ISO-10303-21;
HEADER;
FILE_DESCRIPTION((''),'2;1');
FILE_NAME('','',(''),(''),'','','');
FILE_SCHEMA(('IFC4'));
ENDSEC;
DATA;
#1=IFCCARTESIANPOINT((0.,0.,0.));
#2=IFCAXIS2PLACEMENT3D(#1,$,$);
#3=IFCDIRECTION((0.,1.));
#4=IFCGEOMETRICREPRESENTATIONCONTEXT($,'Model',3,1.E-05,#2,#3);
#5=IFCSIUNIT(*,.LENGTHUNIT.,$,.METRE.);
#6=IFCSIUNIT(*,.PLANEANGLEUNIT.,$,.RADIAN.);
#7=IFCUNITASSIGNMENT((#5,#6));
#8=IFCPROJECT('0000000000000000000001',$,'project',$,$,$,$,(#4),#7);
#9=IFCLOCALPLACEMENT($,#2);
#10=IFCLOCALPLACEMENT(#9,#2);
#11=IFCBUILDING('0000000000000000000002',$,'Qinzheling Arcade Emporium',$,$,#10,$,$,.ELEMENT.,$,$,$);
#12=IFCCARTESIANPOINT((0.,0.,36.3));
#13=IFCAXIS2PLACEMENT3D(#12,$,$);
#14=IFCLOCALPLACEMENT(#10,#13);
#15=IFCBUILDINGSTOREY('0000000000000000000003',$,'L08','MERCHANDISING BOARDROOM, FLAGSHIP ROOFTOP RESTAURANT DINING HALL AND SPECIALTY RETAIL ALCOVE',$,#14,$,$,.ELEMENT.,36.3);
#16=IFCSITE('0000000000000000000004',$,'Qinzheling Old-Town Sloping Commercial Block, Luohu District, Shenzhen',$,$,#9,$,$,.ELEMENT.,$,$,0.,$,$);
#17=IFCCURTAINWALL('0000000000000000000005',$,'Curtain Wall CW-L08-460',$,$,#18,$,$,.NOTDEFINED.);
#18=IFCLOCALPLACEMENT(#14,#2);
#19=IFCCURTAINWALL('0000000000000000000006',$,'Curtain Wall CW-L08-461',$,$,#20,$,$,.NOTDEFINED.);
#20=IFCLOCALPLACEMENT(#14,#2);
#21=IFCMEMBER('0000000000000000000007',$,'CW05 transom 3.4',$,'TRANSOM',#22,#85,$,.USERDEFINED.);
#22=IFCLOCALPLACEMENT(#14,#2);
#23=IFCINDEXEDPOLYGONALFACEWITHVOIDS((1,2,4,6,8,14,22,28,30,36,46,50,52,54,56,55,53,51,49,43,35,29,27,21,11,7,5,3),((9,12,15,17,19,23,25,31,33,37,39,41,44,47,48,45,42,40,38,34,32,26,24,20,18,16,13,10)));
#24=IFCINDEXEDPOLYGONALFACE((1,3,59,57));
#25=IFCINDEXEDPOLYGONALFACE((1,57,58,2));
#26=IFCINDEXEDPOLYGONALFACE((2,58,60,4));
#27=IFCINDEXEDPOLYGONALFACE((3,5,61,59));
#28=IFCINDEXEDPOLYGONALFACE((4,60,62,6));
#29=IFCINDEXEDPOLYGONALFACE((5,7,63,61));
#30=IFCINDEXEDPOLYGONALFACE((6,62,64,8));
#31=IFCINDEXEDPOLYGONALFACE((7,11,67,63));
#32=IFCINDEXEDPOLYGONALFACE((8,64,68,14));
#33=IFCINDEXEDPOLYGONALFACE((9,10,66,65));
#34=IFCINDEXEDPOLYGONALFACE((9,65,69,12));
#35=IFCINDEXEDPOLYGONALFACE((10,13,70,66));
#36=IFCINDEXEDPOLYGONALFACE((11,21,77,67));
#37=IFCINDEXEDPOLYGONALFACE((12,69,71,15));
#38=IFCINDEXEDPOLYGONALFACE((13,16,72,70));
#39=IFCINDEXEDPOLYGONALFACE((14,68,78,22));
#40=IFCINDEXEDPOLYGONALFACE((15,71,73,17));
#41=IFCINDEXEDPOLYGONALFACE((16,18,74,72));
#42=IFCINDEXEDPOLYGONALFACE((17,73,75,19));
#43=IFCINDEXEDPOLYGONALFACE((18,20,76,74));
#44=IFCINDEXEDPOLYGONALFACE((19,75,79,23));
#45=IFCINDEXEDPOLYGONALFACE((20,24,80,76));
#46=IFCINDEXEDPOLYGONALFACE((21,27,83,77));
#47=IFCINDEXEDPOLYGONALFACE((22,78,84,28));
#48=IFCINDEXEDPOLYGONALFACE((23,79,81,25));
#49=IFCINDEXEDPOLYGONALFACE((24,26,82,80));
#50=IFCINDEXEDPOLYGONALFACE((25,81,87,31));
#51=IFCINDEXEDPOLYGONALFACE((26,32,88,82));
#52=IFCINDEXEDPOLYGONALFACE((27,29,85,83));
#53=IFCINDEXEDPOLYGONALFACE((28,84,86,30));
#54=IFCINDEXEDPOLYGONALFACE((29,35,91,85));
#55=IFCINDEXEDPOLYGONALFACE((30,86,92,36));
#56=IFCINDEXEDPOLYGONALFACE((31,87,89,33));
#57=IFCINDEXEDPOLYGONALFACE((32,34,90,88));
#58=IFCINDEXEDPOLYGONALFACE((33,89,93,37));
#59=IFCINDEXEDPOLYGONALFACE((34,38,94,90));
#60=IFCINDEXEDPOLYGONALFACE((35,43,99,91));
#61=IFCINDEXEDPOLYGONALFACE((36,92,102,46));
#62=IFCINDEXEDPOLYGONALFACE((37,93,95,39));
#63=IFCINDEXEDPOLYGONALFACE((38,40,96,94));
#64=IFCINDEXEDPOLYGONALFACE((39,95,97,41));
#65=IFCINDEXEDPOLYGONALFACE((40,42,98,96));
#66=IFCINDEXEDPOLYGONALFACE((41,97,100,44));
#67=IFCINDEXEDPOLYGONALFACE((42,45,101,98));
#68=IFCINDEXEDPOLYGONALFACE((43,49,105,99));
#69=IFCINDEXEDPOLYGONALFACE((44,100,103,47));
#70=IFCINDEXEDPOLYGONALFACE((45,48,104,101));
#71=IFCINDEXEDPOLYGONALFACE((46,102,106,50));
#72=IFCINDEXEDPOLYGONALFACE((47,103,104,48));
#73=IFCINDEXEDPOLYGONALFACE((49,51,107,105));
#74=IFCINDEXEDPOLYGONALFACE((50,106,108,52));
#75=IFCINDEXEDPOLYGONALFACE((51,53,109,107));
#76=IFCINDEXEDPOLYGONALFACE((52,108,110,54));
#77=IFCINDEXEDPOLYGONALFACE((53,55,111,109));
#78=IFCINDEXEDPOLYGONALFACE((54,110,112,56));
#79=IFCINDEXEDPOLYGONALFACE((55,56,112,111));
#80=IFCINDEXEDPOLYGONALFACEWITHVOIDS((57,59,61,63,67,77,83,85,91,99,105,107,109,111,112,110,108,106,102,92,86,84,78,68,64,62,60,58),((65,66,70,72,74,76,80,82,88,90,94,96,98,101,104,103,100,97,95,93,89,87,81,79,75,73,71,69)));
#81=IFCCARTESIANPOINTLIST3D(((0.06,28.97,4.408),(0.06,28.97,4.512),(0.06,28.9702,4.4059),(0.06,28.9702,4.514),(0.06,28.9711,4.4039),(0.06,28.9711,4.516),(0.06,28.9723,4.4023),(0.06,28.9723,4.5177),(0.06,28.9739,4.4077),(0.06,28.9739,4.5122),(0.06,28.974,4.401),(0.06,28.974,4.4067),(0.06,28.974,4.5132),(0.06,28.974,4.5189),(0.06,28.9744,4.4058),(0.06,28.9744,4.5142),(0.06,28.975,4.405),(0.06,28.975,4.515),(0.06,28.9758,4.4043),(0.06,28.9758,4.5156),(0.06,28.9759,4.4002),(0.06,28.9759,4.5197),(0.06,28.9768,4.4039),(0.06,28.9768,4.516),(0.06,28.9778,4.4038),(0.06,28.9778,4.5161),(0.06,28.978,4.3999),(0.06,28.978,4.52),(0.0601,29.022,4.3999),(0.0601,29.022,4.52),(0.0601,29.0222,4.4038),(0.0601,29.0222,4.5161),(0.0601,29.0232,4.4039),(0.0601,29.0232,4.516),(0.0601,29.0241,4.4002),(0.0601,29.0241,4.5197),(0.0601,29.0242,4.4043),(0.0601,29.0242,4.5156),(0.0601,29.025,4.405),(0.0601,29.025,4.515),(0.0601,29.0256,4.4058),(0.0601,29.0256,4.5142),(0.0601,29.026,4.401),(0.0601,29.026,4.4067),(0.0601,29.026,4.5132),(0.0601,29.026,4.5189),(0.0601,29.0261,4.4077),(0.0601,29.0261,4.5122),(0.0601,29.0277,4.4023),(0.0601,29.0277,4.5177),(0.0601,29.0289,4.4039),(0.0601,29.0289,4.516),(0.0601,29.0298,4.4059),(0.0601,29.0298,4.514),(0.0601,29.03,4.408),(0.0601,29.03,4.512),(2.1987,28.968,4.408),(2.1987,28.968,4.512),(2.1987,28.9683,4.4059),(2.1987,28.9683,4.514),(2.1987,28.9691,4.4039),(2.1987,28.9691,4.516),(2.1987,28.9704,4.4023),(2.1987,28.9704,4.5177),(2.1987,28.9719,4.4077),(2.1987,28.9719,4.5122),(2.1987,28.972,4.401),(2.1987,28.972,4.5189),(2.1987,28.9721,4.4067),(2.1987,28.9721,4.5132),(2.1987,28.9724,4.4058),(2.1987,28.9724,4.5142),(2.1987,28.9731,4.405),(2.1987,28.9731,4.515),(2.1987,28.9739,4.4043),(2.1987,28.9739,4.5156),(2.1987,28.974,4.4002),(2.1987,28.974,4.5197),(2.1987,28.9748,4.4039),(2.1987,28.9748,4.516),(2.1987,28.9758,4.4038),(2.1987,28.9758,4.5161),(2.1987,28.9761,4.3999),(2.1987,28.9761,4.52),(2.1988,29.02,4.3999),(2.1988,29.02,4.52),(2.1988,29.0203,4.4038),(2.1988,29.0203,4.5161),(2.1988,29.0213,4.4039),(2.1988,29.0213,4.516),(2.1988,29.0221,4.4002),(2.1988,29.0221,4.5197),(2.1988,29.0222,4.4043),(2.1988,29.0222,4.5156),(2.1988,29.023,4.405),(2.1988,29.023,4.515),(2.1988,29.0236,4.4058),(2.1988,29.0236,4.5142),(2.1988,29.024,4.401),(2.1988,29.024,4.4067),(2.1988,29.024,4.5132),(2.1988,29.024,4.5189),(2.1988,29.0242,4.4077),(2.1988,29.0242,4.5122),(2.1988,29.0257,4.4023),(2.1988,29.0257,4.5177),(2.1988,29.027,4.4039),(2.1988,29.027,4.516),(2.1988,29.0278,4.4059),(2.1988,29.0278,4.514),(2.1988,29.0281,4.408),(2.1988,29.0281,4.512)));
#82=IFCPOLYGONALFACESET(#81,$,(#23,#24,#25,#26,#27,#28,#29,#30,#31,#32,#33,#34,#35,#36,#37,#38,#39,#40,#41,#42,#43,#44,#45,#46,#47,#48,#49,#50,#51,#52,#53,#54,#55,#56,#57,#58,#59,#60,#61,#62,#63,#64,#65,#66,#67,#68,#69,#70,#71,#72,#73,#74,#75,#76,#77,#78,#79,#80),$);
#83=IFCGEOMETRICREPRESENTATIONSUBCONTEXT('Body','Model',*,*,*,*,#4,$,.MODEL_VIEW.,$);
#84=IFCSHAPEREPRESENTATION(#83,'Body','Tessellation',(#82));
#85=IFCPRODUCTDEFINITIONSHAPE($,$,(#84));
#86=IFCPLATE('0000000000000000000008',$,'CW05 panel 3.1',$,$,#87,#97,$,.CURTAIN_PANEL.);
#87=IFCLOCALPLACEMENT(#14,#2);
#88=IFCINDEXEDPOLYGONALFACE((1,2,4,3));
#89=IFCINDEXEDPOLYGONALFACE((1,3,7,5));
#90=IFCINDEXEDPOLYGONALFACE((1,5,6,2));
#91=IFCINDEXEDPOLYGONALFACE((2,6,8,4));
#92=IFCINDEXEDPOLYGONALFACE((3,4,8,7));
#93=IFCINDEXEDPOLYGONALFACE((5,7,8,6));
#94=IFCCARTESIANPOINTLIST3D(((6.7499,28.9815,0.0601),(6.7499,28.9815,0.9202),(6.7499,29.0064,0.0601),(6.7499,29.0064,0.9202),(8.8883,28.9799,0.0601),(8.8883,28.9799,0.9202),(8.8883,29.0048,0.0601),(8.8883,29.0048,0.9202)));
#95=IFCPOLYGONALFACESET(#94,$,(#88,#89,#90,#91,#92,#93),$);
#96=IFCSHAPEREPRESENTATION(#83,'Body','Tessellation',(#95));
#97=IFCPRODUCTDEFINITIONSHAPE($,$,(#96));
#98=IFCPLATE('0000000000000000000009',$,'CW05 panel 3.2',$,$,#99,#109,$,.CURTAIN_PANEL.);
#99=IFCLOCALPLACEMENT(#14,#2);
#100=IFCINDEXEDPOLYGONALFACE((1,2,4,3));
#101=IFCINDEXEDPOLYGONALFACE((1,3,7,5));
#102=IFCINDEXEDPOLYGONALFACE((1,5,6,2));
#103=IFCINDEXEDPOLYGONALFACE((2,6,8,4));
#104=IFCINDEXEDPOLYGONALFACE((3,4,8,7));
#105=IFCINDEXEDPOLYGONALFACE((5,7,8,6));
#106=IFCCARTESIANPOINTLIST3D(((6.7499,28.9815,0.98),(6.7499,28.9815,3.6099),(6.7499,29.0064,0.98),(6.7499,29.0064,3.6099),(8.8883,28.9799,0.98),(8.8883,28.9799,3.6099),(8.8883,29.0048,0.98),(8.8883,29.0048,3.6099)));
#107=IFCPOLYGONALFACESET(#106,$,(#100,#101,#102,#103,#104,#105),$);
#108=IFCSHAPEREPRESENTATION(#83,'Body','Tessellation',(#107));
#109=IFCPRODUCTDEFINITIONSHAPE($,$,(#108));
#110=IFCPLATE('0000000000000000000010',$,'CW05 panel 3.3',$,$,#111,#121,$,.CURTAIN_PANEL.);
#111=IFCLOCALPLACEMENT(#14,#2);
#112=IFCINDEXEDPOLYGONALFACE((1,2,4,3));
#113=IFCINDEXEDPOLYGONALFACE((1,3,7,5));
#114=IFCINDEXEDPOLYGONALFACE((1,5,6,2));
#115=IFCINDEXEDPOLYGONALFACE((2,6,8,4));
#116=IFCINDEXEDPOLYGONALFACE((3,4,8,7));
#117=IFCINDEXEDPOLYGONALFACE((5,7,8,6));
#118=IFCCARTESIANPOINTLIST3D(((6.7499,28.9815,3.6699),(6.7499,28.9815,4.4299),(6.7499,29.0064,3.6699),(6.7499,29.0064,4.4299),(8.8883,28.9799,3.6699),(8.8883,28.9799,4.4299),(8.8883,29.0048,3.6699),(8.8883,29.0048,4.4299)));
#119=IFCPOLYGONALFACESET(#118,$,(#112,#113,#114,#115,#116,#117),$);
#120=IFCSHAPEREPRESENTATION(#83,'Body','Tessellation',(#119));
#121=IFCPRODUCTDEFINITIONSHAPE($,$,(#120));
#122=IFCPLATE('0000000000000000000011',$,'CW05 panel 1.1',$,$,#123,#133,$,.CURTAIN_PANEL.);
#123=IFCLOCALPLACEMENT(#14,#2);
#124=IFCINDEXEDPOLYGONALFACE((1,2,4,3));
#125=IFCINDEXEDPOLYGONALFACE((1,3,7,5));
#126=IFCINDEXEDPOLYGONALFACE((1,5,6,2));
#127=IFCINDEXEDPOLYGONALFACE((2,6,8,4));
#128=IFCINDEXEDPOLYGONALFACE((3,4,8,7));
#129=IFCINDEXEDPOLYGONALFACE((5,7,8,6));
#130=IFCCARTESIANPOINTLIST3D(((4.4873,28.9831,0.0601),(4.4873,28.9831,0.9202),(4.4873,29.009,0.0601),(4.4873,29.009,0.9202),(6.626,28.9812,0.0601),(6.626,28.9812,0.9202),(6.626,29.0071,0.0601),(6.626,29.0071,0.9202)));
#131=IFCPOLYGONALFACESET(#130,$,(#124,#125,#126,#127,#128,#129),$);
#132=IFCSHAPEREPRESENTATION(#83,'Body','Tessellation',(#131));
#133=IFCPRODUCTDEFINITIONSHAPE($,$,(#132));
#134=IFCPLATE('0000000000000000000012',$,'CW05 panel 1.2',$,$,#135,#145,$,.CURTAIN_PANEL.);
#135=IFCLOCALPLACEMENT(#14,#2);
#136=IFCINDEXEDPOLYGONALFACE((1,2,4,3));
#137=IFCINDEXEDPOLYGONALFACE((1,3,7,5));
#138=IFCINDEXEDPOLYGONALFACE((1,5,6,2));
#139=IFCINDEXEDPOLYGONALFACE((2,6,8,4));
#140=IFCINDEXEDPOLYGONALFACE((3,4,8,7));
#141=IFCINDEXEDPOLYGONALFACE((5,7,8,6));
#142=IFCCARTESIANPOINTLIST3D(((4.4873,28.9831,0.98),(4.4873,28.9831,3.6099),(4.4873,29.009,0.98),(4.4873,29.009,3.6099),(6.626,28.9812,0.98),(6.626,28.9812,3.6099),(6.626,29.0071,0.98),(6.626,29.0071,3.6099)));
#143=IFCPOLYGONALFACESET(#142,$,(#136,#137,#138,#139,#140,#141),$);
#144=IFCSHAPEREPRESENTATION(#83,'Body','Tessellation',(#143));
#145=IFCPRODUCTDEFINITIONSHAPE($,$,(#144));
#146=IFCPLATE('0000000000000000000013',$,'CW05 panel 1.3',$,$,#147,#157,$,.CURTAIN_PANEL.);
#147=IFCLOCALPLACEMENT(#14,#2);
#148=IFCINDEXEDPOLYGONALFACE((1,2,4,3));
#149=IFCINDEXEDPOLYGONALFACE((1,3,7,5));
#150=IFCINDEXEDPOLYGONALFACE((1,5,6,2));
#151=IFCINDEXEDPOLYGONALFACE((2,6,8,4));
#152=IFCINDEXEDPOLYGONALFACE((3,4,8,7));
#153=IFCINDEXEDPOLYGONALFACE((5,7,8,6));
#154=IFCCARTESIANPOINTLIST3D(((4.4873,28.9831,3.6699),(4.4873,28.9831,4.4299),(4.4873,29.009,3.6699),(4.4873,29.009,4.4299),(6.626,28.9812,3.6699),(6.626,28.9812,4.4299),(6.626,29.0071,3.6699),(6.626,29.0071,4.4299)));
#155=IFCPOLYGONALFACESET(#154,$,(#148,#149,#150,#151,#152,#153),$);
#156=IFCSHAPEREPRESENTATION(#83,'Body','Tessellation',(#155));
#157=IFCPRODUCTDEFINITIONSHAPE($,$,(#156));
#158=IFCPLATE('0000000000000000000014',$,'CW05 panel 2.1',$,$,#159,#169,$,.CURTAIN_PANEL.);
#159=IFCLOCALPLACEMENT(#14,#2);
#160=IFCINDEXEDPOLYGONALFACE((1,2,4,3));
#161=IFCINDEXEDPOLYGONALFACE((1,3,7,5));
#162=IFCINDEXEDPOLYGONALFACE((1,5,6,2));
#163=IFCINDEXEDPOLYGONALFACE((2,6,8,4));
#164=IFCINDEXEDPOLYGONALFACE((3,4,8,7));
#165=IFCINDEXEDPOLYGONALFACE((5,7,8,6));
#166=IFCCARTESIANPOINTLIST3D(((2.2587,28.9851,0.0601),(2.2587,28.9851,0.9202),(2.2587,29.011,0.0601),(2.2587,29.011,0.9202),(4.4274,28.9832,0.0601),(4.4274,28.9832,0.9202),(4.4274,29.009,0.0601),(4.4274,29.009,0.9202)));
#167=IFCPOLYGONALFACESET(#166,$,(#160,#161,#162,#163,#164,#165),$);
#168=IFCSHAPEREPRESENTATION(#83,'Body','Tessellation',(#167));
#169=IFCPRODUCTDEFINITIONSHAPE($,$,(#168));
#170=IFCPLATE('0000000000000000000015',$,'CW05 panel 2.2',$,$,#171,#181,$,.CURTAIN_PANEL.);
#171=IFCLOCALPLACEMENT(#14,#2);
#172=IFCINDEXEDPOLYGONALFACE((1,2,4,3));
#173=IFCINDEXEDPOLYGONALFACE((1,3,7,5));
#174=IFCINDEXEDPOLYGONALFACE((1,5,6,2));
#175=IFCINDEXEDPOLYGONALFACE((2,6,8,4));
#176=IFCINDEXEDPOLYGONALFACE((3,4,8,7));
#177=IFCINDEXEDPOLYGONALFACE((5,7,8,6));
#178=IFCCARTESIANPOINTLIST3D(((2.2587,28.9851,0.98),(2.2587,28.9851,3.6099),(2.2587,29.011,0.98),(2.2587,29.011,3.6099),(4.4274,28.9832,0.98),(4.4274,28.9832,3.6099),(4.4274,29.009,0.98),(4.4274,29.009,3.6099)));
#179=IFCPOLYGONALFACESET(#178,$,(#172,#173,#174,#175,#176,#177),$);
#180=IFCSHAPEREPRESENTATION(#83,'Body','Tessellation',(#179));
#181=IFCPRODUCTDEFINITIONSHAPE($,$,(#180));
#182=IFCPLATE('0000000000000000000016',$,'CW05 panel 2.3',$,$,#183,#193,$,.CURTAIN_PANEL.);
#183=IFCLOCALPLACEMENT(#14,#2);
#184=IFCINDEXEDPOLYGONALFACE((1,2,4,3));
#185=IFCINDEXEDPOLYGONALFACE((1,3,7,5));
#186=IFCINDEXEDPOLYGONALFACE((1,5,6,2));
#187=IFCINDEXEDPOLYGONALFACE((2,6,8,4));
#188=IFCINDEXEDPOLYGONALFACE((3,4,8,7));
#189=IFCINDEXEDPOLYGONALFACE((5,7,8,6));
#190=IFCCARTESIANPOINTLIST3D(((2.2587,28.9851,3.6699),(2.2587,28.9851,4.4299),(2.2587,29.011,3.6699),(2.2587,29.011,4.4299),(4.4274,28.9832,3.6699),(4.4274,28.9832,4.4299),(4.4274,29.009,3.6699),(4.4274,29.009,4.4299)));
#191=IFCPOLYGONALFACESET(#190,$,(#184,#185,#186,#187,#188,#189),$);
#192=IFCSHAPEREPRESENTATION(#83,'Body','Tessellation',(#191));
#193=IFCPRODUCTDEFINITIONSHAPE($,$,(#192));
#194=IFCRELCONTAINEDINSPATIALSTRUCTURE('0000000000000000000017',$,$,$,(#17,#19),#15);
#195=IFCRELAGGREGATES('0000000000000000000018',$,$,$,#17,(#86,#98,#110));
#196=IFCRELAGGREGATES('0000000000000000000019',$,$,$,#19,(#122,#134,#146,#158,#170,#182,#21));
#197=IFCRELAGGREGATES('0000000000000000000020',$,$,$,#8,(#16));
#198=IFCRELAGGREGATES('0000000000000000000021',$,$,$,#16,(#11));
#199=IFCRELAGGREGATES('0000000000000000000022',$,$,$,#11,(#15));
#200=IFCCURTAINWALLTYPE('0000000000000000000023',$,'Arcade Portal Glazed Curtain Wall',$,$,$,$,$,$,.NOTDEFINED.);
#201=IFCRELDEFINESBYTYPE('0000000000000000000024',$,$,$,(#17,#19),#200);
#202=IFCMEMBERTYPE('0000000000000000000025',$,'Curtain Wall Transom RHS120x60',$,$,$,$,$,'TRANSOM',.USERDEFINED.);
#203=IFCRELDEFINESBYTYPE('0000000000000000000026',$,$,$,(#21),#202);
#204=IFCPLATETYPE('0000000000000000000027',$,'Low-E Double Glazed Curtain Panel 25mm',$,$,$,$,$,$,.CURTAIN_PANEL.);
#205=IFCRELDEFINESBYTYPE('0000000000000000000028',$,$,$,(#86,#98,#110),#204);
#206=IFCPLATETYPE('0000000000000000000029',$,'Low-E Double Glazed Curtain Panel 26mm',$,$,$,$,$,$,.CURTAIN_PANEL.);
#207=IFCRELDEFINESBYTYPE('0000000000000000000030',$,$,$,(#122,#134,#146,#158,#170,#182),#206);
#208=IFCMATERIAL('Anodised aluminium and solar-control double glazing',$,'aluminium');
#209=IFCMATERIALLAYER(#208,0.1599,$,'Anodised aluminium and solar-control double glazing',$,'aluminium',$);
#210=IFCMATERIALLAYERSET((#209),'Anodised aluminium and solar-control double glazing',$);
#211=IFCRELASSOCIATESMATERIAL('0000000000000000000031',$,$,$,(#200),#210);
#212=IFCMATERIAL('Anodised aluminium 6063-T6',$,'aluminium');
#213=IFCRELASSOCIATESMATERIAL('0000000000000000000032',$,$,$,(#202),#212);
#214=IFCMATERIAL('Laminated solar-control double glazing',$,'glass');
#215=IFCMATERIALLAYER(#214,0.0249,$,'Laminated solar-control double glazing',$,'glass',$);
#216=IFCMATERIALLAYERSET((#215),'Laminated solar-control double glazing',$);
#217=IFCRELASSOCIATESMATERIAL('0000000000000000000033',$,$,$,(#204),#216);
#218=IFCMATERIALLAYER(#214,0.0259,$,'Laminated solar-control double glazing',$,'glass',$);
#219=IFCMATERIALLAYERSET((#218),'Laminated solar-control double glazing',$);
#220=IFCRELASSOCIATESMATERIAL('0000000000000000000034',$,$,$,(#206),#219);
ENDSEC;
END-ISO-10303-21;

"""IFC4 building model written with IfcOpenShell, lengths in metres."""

from ifc_helpers import new_model, si_unit, direction, frame, origin, origin_2d, place, context, subcontext, project, spatial, rectangle, hollow_rectangle, extrude, material, layer, layer_set, material_profile, profile_set, type_object, element, aggregate, save


model = new_model("IFC4")

# Units and contexts
model_context = context("Model", 3, precision=1e-05, world=origin(), true_north=direction((0.0, 1.0)))
body_context = subcontext(model_context, "Body", "Model", "MODEL_VIEW")
ifc_project = project(units=[si_unit("LENGTHUNIT", "METRE"), si_unit("PLANEANGLEUNIT", "RADIAN")], contexts=[model_context])

# Site, building, storey
site_placement = place(None, origin())
site = spatial("IfcSite", under=ifc_project, at=site_placement, Name="Qinzheling Old-Town Sloping Commercial Block, Luohu District, Shenzhen", CompositionType="ELEMENT", RefElevation=0.0)
building_placement = place(site_placement, origin())
building = spatial("IfcBuilding", under=site, at=building_placement, Name="Qinzheling Arcade Emporium", CompositionType="ELEMENT")
storey_placement = place(building_placement, frame((0.0, 0.0, 36.3)))
storey = spatial("IfcBuildingStorey", under=building, at=storey_placement, Name="L08", Description="MERCHANDISING BOARDROOM, FLAGSHIP ROOFTOP RESTAURANT DINING HALL AND SPECIALTY RETAIL ALCOVE", CompositionType="ELEMENT", Elevation=36.3)

# Curtain walls, member
ifc_material_1 = material(Name="Anodised aluminium and solar-control double glazing", Category="aluminium")
ifc_layer_1 = layer(ifc_material_1, 0.1599, Name="Anodised aluminium and solar-control double glazing", Category="aluminium")
ifc_layer_set_1 = layer_set([ifc_layer_1], Name="Anodised aluminium and solar-control double glazing")
curtain_wall_type = type_object("IfcCurtainWallType", Name="Arcade Portal Glazed Curtain Wall", PredefinedType="NOTDEFINED", material=ifc_layer_set_1)
curtain_wall_1_placement = place(storey_placement, origin())
curtain_wall_1 = element("IfcCurtainWall", 1, at=curtain_wall_1_placement, inside=storey, type_object=curtain_wall_type, Name="Curtain Wall CW-L08-460", PredefinedType="NOTDEFINED")
ifc_material_2 = material(Name="Anodised aluminium 6063-T6", Category="aluminium")
curtain_wall_2_placement = place(storey_placement, origin())
curtain_wall_2 = element("IfcCurtainWall", 2, at=curtain_wall_2_placement, inside=storey, type_object=curtain_wall_type, Name="Curtain Wall CW-L08-461", PredefinedType="NOTDEFINED")
ifc_material_profile_1 = material_profile(ifc_material_2, hollow_rectangle(XDim=0.0601, YDim=0.1201, WallThickness=0.0039, InnerFilletRadius=0.0039, OuterFilletRadius=0.0081, at=origin_2d()), Name="RHS 120x60x4", Category="aluminium")
ifc_profile_set_1 = profile_set([ifc_material_profile_1], Name="Anodised aluminium 6063-T6")
member_type_1 = type_object("IfcMemberType", Name="Curtain Wall Transom RHS120x60", ElementType="TRANSOM", PredefinedType="USERDEFINED", material=ifc_profile_set_1)
member_1_placement = place(storey_placement, frame((2.1987, 28.998, 4.46), z_axis=(-1.0, 0.000913, 0.0), x_axis=(-0.000913, -1.0, 0.0)))
member_1 = element("IfcMember", 3, at=member_1_placement, type_object=member_type_1, Name="CW05 transom 3.4", ObjectType="TRANSOM", PredefinedType="USERDEFINED", context=body_context, shape_type="SweptSolid", body=[
    extrude(hollow_rectangle(XDim=0.0601, YDim=0.1201, WallThickness=0.0039, InnerFilletRadius=0.0039, OuterFilletRadius=0.0081, at=origin_2d()), origin(), (0.0, 0.0, 1.0), 2.1387),
])

# Plates
ifc_material_3 = material(Name="Laminated solar-control double glazing", Category="glass")
ifc_layer_2 = layer(ifc_material_3, 0.0249, Name="Laminated solar-control double glazing", Category="glass")
ifc_layer_set_2 = layer_set([ifc_layer_2], Name="Laminated solar-control double glazing")
plate_type_1 = type_object("IfcPlateType", Name="Low-E Double Glazed Curtain Panel 25mm", PredefinedType="CURTAIN_PANEL", material=ifc_layer_set_2)
plate_1_placement = place(storey_placement, frame((7.8191, 28.9932, 0.0601), z_axis=(0.0, 0.0, 1.0), x_axis=(-1.0, 0.000748, 0.0)))
plate_1 = element("IfcPlate", 4, at=plate_1_placement, type_object=plate_type_1, Name="CW05 panel 3.1", PredefinedType="CURTAIN_PANEL", context=body_context, shape_type="SweptSolid", body=[
    extrude(rectangle(XDim=2.1384, YDim=0.0249, at=origin_2d()), origin(), (0.0, 0.0, 1.0), 0.8601),
])
plate_2_placement = place(storey_placement, frame((7.8191, 28.9932, 0.98), z_axis=(0.0, 0.0, 1.0), x_axis=(-1.0, 0.000748, 0.0)))
plate_2 = element("IfcPlate", 5, at=plate_2_placement, type_object=plate_type_1, Name="CW05 panel 3.2", PredefinedType="CURTAIN_PANEL", context=body_context, shape_type="SweptSolid", body=[
    extrude(rectangle(XDim=2.1384, YDim=0.0249, at=origin_2d()), origin(), (0.0, 0.0, 1.0), 2.6299),
])
plate_3_placement = place(storey_placement, frame((7.8191, 28.9932, 3.6699), z_axis=(0.0, 0.0, 1.0), x_axis=(-1.0, 0.000748, 0.0)))
plate_3 = element("IfcPlate", 6, at=plate_3_placement, type_object=plate_type_1, Name="CW05 panel 3.3", PredefinedType="CURTAIN_PANEL", context=body_context, shape_type="SweptSolid", body=[
    extrude(rectangle(XDim=2.1384, YDim=0.0249, at=origin_2d()), origin(), (0.0, 0.0, 1.0), 0.76),
])
aggregate(curtain_wall_1, [plate_1, plate_2, plate_3])
ifc_layer_3 = layer(ifc_material_3, 0.0259, Name="Laminated solar-control double glazing", Category="glass")
ifc_layer_set_3 = layer_set([ifc_layer_3], Name="Laminated solar-control double glazing")
plate_type_2 = type_object("IfcPlateType", Name="Low-E Double Glazed Curtain Panel 26mm", PredefinedType="CURTAIN_PANEL", material=ifc_layer_set_3)
plate_4_placement = place(storey_placement, frame((5.5566, 28.9951, 0.0601), z_axis=(0.0, 0.0, 1.0), x_axis=(-1.0, 0.000897, 0.0)))
plate_4 = element("IfcPlate", 7, at=plate_4_placement, type_object=plate_type_2, Name="CW05 panel 1.1", PredefinedType="CURTAIN_PANEL", context=body_context, shape_type="SweptSolid", body=[
    extrude(rectangle(XDim=2.1387, YDim=0.0259, at=origin_2d()), origin(), (0.0, 0.0, 1.0), 0.8601),
])
plate_5_placement = place(storey_placement, frame((5.5566, 28.9951, 0.98), z_axis=(0.0, 0.0, 1.0), x_axis=(-1.0, 0.000897, 0.0)))
plate_5 = element("IfcPlate", 8, at=plate_5_placement, type_object=plate_type_2, Name="CW05 panel 1.2", PredefinedType="CURTAIN_PANEL", context=body_context, shape_type="SweptSolid", body=[
    extrude(rectangle(XDim=2.1387, YDim=0.0259, at=origin_2d()), origin(), (0.0, 0.0, 1.0), 2.6299),
])
plate_6_placement = place(storey_placement, frame((5.5566, 28.9951, 3.6699), z_axis=(0.0, 0.0, 1.0), x_axis=(-1.0, 0.000897, 0.0)))
plate_6 = element("IfcPlate", 9, at=plate_6_placement, type_object=plate_type_2, Name="CW05 panel 1.3", PredefinedType="CURTAIN_PANEL", context=body_context, shape_type="SweptSolid", body=[
    extrude(rectangle(XDim=2.1387, YDim=0.0259, at=origin_2d()), origin(), (0.0, 0.0, 1.0), 0.76),
])
plate_7_placement = place(storey_placement, frame((3.343, 28.9971, 0.0601), z_axis=(0.0, 0.0, 1.0), x_axis=(-1.0, 0.000897, 0.0)))
plate_7 = element("IfcPlate", 10, at=plate_7_placement, type_object=plate_type_2, Name="CW05 panel 2.1", PredefinedType="CURTAIN_PANEL", context=body_context, shape_type="SweptSolid", body=[
    extrude(rectangle(XDim=2.1687, YDim=0.0259, at=origin_2d()), origin(), (0.0, 0.0, 1.0), 0.8601),
])
plate_8_placement = place(storey_placement, frame((3.343, 28.9971, 0.98), z_axis=(0.0, 0.0, 1.0), x_axis=(-1.0, 0.000897, 0.0)))
plate_8 = element("IfcPlate", 11, at=plate_8_placement, type_object=plate_type_2, Name="CW05 panel 2.2", PredefinedType="CURTAIN_PANEL", context=body_context, shape_type="SweptSolid", body=[
    extrude(rectangle(XDim=2.1687, YDim=0.0259, at=origin_2d()), origin(), (0.0, 0.0, 1.0), 2.6299),
])
plate_9_placement = place(storey_placement, frame((3.343, 28.9971, 3.6699), z_axis=(0.0, 0.0, 1.0), x_axis=(-1.0, 0.000897, 0.0)))
plate_9 = element("IfcPlate", 12, at=plate_9_placement, type_object=plate_type_2, Name="CW05 panel 2.3", PredefinedType="CURTAIN_PANEL", context=body_context, shape_type="SweptSolid", body=[
    extrude(rectangle(XDim=2.1687, YDim=0.0259, at=origin_2d()), origin(), (0.0, 0.0, 1.0), 0.76),
])
aggregate(curtain_wall_2, [plate_4, plate_5, plate_6, plate_7, plate_8, plate_9, member_1])

save(model, "model.ifc")
